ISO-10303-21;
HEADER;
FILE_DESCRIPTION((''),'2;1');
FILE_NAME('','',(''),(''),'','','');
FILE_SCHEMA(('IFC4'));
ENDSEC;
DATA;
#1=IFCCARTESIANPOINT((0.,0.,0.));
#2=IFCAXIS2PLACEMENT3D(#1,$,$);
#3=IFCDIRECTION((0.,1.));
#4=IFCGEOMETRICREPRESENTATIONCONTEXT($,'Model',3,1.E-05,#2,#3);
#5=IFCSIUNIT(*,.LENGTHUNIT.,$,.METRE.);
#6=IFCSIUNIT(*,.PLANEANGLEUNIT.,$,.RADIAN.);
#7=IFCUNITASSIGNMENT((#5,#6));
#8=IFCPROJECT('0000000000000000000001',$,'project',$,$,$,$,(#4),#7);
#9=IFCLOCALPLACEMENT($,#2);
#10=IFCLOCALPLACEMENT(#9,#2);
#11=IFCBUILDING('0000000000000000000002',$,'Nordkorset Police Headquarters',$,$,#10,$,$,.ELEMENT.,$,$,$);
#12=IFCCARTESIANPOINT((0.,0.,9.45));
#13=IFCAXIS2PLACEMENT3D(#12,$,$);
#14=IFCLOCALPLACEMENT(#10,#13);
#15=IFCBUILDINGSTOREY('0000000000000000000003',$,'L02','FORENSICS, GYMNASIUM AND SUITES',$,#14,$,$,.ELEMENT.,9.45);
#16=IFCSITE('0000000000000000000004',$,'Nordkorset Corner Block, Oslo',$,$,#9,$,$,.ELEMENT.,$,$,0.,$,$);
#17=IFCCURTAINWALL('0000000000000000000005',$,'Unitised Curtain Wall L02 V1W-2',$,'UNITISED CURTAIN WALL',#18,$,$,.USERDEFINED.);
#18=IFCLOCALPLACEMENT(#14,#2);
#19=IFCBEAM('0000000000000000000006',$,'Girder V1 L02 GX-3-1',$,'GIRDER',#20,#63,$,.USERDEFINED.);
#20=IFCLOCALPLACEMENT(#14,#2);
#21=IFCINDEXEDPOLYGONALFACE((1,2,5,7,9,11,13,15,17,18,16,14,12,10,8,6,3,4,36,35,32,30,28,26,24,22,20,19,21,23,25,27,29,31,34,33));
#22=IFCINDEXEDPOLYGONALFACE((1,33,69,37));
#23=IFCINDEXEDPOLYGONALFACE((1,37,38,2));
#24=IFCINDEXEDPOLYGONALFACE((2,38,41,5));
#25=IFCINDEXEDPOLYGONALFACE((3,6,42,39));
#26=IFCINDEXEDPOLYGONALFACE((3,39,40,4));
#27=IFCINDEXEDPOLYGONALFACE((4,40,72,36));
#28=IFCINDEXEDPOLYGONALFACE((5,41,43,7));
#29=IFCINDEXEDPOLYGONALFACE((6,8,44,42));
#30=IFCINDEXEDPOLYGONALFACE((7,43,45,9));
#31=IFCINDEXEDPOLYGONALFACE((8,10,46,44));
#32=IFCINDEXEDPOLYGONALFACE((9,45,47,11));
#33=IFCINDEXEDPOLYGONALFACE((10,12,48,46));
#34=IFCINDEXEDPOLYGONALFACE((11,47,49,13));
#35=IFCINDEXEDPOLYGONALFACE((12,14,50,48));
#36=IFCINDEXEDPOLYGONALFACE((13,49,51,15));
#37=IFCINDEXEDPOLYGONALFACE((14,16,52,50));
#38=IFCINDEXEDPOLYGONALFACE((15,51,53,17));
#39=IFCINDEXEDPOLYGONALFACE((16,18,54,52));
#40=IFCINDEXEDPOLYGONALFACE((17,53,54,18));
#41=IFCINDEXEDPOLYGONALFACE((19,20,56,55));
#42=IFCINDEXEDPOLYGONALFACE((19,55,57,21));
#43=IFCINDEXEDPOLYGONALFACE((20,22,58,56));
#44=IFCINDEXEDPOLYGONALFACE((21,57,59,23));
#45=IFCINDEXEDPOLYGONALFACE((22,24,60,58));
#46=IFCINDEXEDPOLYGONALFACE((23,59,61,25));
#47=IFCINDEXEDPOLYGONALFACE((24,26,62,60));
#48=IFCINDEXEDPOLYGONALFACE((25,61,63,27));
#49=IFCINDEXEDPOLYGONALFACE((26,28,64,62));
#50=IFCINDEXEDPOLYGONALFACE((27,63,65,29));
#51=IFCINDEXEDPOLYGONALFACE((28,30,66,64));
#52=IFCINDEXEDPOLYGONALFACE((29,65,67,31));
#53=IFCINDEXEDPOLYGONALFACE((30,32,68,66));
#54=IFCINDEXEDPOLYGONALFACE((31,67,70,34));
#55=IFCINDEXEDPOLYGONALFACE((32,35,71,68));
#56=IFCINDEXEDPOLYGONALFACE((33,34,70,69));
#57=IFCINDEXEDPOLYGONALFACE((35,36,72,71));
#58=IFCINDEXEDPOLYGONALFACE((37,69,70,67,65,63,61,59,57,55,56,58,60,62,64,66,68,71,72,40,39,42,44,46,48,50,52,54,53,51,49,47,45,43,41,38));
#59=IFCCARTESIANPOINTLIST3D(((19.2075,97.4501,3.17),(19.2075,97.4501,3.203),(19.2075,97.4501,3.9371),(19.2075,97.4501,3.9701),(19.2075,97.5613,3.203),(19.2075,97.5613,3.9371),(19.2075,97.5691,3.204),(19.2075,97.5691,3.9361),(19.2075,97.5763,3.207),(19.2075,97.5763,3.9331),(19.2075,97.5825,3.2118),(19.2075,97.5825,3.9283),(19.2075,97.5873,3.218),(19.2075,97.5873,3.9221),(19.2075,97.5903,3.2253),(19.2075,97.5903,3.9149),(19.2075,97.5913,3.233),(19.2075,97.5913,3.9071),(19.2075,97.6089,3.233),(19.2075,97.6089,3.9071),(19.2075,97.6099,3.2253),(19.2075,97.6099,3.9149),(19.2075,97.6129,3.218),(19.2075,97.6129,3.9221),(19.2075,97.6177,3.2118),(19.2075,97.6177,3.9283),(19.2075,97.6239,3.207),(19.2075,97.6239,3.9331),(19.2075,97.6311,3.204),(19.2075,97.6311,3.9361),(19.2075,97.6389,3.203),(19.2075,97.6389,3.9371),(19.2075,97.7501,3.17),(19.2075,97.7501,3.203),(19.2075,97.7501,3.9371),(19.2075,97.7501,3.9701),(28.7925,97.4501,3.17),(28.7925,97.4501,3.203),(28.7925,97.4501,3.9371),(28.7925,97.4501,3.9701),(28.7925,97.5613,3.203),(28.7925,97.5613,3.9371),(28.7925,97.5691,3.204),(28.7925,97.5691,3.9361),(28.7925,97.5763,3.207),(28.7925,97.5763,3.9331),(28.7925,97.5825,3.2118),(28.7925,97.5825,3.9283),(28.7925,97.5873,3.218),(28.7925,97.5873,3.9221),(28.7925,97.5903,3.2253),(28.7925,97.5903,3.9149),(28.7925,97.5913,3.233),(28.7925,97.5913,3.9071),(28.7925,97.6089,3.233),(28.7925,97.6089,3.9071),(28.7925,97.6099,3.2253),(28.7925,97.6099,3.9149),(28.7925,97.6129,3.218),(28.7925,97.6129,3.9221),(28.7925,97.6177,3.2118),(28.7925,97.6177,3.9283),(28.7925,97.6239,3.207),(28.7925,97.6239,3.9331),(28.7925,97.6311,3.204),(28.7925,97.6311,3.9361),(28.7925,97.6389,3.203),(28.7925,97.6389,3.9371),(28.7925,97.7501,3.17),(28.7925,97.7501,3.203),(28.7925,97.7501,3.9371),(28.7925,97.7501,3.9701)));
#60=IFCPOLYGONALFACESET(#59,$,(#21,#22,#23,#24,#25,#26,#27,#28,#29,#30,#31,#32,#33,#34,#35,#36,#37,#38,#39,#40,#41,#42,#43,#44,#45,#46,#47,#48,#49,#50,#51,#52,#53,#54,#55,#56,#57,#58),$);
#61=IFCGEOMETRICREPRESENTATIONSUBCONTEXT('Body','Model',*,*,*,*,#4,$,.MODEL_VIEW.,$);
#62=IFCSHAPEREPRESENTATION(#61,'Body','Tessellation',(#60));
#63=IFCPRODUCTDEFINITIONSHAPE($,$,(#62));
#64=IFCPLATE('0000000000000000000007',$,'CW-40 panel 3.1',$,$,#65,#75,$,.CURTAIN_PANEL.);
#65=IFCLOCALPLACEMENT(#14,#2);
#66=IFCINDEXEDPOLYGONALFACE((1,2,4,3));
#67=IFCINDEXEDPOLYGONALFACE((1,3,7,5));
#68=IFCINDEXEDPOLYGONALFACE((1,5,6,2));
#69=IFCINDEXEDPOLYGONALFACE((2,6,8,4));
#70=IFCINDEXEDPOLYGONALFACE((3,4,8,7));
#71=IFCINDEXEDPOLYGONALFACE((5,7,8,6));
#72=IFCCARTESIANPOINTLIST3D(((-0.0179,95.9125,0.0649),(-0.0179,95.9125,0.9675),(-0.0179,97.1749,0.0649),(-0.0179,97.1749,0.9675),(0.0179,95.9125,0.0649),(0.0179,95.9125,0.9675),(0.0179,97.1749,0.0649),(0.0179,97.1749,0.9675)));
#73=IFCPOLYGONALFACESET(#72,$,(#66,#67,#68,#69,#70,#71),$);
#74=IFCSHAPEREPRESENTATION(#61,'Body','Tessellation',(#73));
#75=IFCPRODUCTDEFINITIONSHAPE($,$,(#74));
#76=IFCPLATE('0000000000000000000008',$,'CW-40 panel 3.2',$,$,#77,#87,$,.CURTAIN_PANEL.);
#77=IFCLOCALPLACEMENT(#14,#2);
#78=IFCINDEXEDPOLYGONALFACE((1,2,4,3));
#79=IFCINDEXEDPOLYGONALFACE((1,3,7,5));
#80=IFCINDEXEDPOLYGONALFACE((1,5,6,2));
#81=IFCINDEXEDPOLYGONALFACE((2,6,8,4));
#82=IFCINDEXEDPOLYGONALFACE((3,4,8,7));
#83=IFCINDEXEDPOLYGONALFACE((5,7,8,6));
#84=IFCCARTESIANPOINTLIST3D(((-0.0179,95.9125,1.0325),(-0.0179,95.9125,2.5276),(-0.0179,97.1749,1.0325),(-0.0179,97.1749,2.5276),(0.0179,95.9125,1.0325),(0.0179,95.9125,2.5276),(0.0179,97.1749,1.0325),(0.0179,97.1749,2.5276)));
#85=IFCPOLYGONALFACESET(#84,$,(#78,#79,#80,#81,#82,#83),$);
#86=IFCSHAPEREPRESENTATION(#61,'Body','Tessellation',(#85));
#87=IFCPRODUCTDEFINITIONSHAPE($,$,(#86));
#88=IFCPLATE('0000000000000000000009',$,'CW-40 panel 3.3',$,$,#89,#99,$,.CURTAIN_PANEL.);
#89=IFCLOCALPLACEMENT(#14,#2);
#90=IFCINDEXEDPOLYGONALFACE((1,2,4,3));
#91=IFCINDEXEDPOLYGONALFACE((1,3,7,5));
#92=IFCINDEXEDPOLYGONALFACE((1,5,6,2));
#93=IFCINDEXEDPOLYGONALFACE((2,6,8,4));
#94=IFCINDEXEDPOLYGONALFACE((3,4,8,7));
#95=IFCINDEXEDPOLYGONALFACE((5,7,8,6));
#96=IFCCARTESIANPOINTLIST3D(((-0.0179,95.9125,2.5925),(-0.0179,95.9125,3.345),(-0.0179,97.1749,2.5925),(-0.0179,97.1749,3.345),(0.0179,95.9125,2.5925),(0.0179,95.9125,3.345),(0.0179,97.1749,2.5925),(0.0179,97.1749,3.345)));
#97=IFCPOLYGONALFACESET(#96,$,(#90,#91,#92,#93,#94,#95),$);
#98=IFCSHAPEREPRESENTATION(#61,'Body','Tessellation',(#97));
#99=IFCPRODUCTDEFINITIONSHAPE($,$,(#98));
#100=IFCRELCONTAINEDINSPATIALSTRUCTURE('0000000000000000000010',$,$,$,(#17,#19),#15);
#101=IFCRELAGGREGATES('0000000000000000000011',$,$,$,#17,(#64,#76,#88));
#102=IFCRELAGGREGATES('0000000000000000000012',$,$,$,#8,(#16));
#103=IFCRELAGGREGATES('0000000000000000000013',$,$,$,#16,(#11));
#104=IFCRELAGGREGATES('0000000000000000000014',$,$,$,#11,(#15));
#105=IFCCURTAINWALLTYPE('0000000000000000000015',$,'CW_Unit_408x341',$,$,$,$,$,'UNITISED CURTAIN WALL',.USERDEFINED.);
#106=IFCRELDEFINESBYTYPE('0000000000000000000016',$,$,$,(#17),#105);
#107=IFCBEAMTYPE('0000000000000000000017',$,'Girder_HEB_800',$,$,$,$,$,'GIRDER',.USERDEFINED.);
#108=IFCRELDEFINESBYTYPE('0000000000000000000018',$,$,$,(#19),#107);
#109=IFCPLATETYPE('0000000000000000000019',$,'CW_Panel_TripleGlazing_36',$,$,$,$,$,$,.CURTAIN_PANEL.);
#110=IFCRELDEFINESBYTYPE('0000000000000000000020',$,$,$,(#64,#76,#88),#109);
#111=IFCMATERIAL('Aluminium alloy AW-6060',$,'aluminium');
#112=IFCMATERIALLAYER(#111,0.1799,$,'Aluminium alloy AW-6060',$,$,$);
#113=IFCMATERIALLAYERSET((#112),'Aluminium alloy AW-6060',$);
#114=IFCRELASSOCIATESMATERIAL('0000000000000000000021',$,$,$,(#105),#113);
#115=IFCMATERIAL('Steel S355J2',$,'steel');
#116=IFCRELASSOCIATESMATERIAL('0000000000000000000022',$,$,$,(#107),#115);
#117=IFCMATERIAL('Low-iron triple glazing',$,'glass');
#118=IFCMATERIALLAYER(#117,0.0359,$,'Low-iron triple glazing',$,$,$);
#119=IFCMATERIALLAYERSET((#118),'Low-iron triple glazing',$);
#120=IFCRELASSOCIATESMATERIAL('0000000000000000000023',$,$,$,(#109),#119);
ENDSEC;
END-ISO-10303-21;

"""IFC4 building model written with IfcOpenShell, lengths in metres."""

from ifc_helpers import new_model, si_unit, direction, frame, origin, origin_2d, place, context, subcontext, project, spatial, rectangle, i_section, extrude, material, layer, layer_set, material_profile, profile_set, type_object, element, aggregate, save


model = new_model("IFC4")

# Units and contexts
model_context = context("Model", 3, precision=1e-05, world=origin(), true_north=direction((0.0, 1.0)))
body_context = subcontext(model_context, "Body", "Model", "MODEL_VIEW")
ifc_project = project(units=[si_unit("LENGTHUNIT", "METRE"), si_unit("PLANEANGLEUNIT", "RADIAN")], contexts=[model_context])

# Site, building, storey
site_placement = place(None, origin())
site = spatial("IfcSite", under=ifc_project, at=site_placement, Name="Nordkorset Corner Block, Oslo", CompositionType="ELEMENT", RefElevation=0.0)
building_placement = place(site_placement, origin())
building = spatial("IfcBuilding", under=site, at=building_placement, Name="Nordkorset Police Headquarters", CompositionType="ELEMENT")
storey_placement = place(building_placement, frame((0.0, 0.0, 9.45)))
storey = spatial("IfcBuildingStorey", under=building, at=storey_placement, Name="L02", Description="FORENSICS, GYMNASIUM AND SUITES", CompositionType="ELEMENT", Elevation=9.45)

# Curtain wall
ifc_material_1 = material(Name="Aluminium alloy AW-6060", Category="aluminium")
ifc_layer_1 = layer(ifc_material_1, 0.1799, Name="Aluminium alloy AW-6060")
ifc_layer_set_1 = layer_set([ifc_layer_1], Name="Aluminium alloy AW-6060")
curtain_wall_type = type_object("IfcCurtainWallType", Name="CW_Unit_408x341", ElementType="UNITISED CURTAIN WALL", PredefinedType="USERDEFINED", material=ifc_layer_set_1)
curtain_wall_placement = place(storey_placement, origin())
curtain_wall = element("IfcCurtainWall", 1, at=curtain_wall_placement, inside=storey, type_object=curtain_wall_type, Name="Unitised Curtain Wall L02 V1W-2", ObjectType="UNITISED CURTAIN WALL", PredefinedType="USERDEFINED")

# Beam
ifc_material_2 = material(Name="Steel S355J2", Category="steel")
ifc_material_profile_1 = material_profile(ifc_material_2, i_section(OverallWidth=0.3, OverallDepth=0.8, WebThickness=0.0176, FlangeThickness=0.033, FilletRadius=0.03, at=origin_2d()), Name="HEB 800")
ifc_profile_set_1 = profile_set([ifc_material_profile_1], Name="Steel S355J2")
beam_type_1 = type_object("IfcBeamType", Name="Girder_HEB_800", ElementType="GIRDER", PredefinedType="USERDEFINED", material=ifc_profile_set_1)
beam_1_placement = place(storey_placement, frame((19.2075, 97.6001, 3.5701), z_axis=(1.0, 0.0, 0.0), x_axis=(0.0, 1.0, 0.0)))
element("IfcBeam", 2, at=beam_1_placement, inside=storey, type_object=beam_type_1, Name="Girder V1 L02 GX-3-1", ObjectType="GIRDER", PredefinedType="USERDEFINED", context=body_context, shape_type="SweptSolid", body=[
    extrude(i_section(OverallWidth=0.3, OverallDepth=0.8, WebThickness=0.0176, FlangeThickness=0.033, FilletRadius=0.03, at=origin_2d()), origin(), (0.0, 0.0, 1.0), 9.585),
])

# Plates
ifc_material_3 = material(Name="Low-iron triple glazing", Category="glass")
ifc_layer_2 = layer(ifc_material_3, 0.0359, Name="Low-iron triple glazing")
ifc_layer_set_2 = layer_set([ifc_layer_2], Name="Low-iron triple glazing")
plate_type = type_object("IfcPlateType", Name="CW_Panel_TripleGlazing_36", PredefinedType="CURTAIN_PANEL", material=ifc_layer_set_2)
plate_1_placement = place(storey_placement, frame((0.0, 96.5437, 0.0649), z_axis=(0.0, 0.0, 1.0), x_axis=(0.0, 1.0, 0.0)))
plate_1 = element("IfcPlate", 3, at=plate_1_placement, type_object=plate_type, Name="CW-40 panel 3.1", PredefinedType="CURTAIN_PANEL", context=body_context, shape_type="SweptSolid", body=[
    extrude(rectangle(XDim=1.2625, YDim=0.0359, at=origin_2d()), origin(), (0.0, 0.0, 1.0), 0.9026),
])
plate_2_placement = place(storey_placement, frame((0.0, 96.5437, 1.0325), z_axis=(0.0, 0.0, 1.0), x_axis=(0.0, 1.0, 0.0)))
plate_2 = element("IfcPlate", 4, at=plate_2_placement, type_object=plate_type, Name="CW-40 panel 3.2", PredefinedType="CURTAIN_PANEL", context=body_context, shape_type="SweptSolid", body=[
    extrude(rectangle(XDim=1.2625, YDim=0.0359, at=origin_2d()), origin(), (0.0, 0.0, 1.0), 1.4951),
])
plate_3_placement = place(storey_placement, frame((0.0, 96.5437, 2.5925), z_axis=(0.0, 0.0, 1.0), x_axis=(0.0, 1.0, 0.0)))
plate_3 = element("IfcPlate", 5, at=plate_3_placement, type_object=plate_type, Name="CW-40 panel 3.3", PredefinedType="CURTAIN_PANEL", context=body_context, shape_type="SweptSolid", body=[
    extrude(rectangle(XDim=1.2625, YDim=0.0359, at=origin_2d()), origin(), (0.0, 0.0, 1.0), 0.7524),
])
aggregate(curtain_wall, [plate_1, plate_2, plate_3])

save(model, "model.ifc")
